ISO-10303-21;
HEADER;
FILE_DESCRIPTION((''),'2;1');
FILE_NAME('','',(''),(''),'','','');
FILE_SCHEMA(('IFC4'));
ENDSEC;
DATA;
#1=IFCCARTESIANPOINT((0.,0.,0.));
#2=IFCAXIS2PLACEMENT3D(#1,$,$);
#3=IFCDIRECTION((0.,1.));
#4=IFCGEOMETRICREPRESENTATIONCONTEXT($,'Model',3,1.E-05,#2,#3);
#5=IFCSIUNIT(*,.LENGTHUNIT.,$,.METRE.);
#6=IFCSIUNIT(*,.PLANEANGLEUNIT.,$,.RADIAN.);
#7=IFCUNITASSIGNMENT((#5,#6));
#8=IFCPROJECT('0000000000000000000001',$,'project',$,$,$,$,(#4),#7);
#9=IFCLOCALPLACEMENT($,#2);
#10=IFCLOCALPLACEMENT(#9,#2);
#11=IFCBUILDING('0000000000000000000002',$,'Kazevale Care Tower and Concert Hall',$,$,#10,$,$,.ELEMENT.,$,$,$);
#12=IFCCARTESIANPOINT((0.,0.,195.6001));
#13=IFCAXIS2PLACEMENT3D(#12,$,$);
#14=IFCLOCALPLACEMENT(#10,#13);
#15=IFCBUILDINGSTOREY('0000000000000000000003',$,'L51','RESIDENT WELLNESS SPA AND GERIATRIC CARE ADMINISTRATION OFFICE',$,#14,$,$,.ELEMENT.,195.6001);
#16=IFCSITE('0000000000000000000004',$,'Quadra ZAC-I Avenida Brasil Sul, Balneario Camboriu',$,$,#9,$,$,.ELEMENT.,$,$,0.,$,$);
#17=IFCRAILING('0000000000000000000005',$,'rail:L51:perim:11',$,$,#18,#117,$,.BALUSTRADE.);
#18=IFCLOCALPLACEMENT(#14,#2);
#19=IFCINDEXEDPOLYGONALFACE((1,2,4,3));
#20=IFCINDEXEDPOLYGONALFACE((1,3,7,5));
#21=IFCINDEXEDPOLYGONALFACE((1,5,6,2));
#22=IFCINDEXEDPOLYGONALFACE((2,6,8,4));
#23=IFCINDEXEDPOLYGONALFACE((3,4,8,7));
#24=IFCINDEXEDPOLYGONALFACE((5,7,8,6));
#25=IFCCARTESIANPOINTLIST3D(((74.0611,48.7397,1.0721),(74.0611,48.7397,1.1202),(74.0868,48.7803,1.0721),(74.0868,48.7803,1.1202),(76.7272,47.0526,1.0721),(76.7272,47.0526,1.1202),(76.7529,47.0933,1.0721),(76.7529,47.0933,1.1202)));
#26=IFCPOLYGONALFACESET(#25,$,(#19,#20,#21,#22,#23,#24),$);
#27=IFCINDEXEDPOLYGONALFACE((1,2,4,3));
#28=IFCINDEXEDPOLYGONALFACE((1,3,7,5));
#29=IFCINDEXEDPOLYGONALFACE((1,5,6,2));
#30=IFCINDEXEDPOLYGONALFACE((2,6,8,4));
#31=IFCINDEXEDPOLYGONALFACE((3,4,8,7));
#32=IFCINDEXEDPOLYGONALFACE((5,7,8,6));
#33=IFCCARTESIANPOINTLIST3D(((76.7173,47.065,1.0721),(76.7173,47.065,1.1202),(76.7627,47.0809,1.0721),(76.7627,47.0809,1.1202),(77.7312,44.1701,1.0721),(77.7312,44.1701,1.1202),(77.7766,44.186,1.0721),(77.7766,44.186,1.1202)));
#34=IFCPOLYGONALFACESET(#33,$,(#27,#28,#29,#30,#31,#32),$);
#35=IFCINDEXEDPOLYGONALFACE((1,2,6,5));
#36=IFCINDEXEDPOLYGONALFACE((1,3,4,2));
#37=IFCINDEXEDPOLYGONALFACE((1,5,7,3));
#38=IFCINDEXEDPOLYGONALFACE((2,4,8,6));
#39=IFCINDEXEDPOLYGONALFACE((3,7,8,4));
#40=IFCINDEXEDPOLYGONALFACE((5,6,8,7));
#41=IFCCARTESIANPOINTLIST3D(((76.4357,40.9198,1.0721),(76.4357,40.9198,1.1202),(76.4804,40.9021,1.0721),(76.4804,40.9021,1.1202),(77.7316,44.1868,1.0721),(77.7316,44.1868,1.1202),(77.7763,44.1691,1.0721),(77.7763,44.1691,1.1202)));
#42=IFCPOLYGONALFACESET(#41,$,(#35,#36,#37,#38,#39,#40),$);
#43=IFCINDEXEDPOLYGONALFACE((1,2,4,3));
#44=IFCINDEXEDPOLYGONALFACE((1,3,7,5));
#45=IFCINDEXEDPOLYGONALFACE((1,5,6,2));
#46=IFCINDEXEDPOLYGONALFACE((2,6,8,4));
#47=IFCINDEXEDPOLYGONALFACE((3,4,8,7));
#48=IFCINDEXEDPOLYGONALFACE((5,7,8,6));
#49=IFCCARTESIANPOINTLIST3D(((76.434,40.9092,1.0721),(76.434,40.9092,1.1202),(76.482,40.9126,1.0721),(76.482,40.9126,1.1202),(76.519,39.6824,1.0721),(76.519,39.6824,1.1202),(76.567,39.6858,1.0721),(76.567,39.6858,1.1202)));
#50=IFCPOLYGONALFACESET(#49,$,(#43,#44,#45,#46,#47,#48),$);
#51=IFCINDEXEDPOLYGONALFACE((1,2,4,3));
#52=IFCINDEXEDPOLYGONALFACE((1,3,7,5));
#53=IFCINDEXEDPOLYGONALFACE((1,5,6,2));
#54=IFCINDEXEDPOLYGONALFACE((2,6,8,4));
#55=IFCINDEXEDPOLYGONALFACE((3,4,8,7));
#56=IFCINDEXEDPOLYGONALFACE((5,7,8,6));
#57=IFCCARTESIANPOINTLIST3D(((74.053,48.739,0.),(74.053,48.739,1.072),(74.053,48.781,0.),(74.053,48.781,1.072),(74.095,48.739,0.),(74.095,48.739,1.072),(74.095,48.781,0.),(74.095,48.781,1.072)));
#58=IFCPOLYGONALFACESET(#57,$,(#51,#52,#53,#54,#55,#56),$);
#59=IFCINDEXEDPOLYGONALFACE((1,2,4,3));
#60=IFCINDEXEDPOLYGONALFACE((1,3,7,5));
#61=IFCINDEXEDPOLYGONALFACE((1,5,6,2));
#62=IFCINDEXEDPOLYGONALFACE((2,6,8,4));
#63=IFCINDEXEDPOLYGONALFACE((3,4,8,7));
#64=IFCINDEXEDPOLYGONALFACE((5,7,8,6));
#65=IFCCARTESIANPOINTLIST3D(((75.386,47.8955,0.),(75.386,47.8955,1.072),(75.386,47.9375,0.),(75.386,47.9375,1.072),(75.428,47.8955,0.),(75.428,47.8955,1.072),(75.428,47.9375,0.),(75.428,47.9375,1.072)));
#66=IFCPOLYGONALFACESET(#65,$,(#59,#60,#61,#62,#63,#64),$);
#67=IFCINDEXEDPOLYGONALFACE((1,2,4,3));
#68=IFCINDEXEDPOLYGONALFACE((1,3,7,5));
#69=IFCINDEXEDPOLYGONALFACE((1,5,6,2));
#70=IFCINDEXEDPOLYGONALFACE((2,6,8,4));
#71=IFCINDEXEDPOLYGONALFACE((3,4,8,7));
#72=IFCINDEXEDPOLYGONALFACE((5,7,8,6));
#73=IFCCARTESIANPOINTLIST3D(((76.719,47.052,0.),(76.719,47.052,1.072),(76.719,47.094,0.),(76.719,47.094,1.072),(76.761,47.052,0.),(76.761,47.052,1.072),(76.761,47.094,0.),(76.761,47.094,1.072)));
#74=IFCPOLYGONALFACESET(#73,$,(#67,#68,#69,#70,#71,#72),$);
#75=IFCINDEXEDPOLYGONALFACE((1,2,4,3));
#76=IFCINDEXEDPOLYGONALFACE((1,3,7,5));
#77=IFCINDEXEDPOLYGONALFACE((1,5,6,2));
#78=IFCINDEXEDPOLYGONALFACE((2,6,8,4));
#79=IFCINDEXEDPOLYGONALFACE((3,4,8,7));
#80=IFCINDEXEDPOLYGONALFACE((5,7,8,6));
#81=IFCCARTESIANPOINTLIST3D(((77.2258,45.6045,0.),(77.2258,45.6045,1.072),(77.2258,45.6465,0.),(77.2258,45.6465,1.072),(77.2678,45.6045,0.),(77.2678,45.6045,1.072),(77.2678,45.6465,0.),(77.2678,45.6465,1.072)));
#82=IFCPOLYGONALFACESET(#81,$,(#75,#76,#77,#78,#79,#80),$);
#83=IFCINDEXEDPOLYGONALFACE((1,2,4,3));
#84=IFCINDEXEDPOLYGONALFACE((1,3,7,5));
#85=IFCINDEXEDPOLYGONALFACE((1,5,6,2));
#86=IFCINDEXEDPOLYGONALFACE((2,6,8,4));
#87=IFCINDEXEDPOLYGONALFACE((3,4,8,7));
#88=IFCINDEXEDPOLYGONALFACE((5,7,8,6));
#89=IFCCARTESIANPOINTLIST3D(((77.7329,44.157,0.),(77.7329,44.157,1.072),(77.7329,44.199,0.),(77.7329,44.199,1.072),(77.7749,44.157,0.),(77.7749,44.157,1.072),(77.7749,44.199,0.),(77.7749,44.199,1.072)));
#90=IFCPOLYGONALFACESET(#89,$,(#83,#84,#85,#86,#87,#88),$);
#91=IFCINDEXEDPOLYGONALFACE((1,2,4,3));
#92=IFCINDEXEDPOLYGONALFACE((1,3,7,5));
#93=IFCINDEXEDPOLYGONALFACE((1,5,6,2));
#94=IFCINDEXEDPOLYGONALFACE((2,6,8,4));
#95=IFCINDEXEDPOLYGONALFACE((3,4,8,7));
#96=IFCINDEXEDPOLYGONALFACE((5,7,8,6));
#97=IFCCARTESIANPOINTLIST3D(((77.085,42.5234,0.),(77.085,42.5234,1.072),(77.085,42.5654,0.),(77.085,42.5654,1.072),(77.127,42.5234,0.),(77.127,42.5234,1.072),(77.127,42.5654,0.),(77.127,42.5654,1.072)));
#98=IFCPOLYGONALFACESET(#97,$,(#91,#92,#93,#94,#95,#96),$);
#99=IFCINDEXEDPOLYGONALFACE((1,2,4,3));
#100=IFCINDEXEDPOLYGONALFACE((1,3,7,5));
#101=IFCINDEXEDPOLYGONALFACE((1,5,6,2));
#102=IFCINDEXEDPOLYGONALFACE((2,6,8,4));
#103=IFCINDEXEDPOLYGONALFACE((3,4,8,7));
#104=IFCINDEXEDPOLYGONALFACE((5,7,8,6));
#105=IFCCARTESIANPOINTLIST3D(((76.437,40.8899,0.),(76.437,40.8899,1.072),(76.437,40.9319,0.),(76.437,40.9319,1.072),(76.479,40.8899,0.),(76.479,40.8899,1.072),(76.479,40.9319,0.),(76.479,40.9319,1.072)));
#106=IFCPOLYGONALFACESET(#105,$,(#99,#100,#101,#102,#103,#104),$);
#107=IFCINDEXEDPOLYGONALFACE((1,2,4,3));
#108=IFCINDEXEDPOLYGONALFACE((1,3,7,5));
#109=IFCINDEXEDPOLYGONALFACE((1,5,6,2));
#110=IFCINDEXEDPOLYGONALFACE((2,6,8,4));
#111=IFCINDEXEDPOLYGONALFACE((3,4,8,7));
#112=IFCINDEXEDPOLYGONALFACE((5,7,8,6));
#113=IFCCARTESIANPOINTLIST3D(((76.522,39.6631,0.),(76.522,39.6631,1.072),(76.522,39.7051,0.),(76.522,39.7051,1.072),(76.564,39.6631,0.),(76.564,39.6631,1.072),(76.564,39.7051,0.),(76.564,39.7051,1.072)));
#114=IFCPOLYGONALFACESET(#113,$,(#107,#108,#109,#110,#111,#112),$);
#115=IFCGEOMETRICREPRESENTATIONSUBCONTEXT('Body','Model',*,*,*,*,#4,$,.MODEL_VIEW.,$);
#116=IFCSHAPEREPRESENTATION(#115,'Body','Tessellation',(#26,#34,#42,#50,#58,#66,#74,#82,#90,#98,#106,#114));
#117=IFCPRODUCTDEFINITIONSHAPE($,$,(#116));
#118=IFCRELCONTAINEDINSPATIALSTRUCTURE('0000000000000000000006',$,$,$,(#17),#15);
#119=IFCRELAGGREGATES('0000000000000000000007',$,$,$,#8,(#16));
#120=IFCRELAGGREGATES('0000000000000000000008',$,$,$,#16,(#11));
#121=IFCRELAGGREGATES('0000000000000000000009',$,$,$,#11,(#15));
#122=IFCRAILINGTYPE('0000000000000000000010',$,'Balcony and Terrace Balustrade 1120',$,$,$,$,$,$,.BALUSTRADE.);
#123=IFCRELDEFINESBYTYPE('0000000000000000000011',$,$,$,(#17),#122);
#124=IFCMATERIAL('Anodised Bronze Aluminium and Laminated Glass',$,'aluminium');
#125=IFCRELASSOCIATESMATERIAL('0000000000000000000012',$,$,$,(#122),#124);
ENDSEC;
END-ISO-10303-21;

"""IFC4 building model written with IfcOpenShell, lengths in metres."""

from ifc_helpers import new_model, si_unit, direction, frame, origin, origin_2d, place, context, subcontext, project, spatial, rectangle, extrude, material, type_object, element, save


model = new_model("IFC4")

# Units and contexts
model_context = context("Model", 3, precision=1e-05, world=origin(), true_north=direction((0.0, 1.0)))
body_context = subcontext(model_context, "Body", "Model", "MODEL_VIEW")
ifc_project = project(units=[si_unit("LENGTHUNIT", "METRE"), si_unit("PLANEANGLEUNIT", "RADIAN")], contexts=[model_context])

# Site, building, storey
site_placement = place(None, origin())
site = spatial("IfcSite", under=ifc_project, at=site_placement, Name="Quadra ZAC-I Avenida Brasil Sul, Balneario Camboriu", CompositionType="ELEMENT", RefElevation=0.0)
building_placement = place(site_placement, origin())
building = spatial("IfcBuilding", under=site, at=building_placement, Name="Kazevale Care Tower and Concert Hall", CompositionType="ELEMENT")
storey_placement = place(building_placement, frame((0.0, 0.0, 195.6001)))
storey = spatial("IfcBuildingStorey", under=building, at=storey_placement, Name="L51", Description="RESIDENT WELLNESS SPA AND GERIATRIC CARE ADMINISTRATION OFFICE", CompositionType="ELEMENT", Elevation=195.6001)

# Railing
ifc_material_1 = material(Name="Anodised Bronze Aluminium and Laminated Glass", Category="aluminium")
railing_type = type_object("IfcRailingType", Name="Balcony and Terrace Balustrade 1120", PredefinedType="BALUSTRADE", material=ifc_material_1)
railing_1_placement = place(storey_placement, frame((74.074, 48.76, 0.0)))
element("IfcRailing", 1, at=railing_1_placement, inside=storey, type_object=railing_type, Name="rail:L51:perim:11", PredefinedType="BALUSTRADE", context=body_context, shape_type="SweptSolid", body=[
    extrude(rectangle(XDim=0.0481, YDim=0.0481, at=origin_2d()), frame((0.0, 0.0, 1.0962), z_axis=(0.845029, -0.534721, 0.0), x_axis=(0.534721, 0.845029, 0.0)), (0.0, 0.0, 1.0), 3.155),
    extrude(rectangle(XDim=0.0481, YDim=0.0481, at=origin_2d()), frame((2.666, -1.687, 1.0962), z_axis=(0.330542, -0.943791, 0.0), x_axis=(0.943791, 0.330542, 0.0)), (0.0, 0.0, 1.0), 3.0674),
    extrude(rectangle(XDim=0.0481, YDim=0.0481, at=origin_2d()), frame((3.6799, -4.582, 1.0962), z_axis=(-0.368706, -0.929546, 0.0), x_axis=(0.929546, -0.368706, 0.0)), (0.0, 0.0, 1.0), 3.5146),
    extrude(rectangle(XDim=0.0481, YDim=0.0481, at=origin_2d()), frame((2.384, -7.8491, 1.0962), z_axis=(0.069088, -0.997611, 0.0), x_axis=(0.997611, 0.069088, 0.0)), (0.0, 0.0, 1.0), 1.2297),
    extrude(rectangle(XDim=0.042, YDim=0.042, at=origin_2d()), origin(), (0.0, 0.0, 1.0), 1.072),
    extrude(rectangle(XDim=0.042, YDim=0.042, at=origin_2d()), frame((1.333, -0.8435, 0.0)), (0.0, 0.0, 1.0), 1.072),
    extrude(rectangle(XDim=0.042, YDim=0.042, at=origin_2d()), frame((2.666, -1.687, 0.0)), (0.0, 0.0, 1.0), 1.072),
    extrude(rectangle(XDim=0.042, YDim=0.042, at=origin_2d()), frame((3.1729, -3.1345, 0.0)), (0.0, 0.0, 1.0), 1.072),
    extrude(rectangle(XDim=0.042, YDim=0.042, at=origin_2d()), frame((3.6799, -4.582, 0.0)), (0.0, 0.0, 1.0), 1.072),
    extrude(rectangle(XDim=0.042, YDim=0.042, at=origin_2d()), frame((3.032, -6.2156, 0.0)), (0.0, 0.0, 1.0), 1.072),
    extrude(rectangle(XDim=0.042, YDim=0.042, at=origin_2d()), frame((2.384, -7.8491, 0.0)), (0.0, 0.0, 1.0), 1.072),
    extrude(rectangle(XDim=0.042, YDim=0.042, at=origin_2d()), frame((2.469, -9.0759, 0.0)), (0.0, 0.0, 1.0), 1.072),
])

save(model, "model.ifc")
